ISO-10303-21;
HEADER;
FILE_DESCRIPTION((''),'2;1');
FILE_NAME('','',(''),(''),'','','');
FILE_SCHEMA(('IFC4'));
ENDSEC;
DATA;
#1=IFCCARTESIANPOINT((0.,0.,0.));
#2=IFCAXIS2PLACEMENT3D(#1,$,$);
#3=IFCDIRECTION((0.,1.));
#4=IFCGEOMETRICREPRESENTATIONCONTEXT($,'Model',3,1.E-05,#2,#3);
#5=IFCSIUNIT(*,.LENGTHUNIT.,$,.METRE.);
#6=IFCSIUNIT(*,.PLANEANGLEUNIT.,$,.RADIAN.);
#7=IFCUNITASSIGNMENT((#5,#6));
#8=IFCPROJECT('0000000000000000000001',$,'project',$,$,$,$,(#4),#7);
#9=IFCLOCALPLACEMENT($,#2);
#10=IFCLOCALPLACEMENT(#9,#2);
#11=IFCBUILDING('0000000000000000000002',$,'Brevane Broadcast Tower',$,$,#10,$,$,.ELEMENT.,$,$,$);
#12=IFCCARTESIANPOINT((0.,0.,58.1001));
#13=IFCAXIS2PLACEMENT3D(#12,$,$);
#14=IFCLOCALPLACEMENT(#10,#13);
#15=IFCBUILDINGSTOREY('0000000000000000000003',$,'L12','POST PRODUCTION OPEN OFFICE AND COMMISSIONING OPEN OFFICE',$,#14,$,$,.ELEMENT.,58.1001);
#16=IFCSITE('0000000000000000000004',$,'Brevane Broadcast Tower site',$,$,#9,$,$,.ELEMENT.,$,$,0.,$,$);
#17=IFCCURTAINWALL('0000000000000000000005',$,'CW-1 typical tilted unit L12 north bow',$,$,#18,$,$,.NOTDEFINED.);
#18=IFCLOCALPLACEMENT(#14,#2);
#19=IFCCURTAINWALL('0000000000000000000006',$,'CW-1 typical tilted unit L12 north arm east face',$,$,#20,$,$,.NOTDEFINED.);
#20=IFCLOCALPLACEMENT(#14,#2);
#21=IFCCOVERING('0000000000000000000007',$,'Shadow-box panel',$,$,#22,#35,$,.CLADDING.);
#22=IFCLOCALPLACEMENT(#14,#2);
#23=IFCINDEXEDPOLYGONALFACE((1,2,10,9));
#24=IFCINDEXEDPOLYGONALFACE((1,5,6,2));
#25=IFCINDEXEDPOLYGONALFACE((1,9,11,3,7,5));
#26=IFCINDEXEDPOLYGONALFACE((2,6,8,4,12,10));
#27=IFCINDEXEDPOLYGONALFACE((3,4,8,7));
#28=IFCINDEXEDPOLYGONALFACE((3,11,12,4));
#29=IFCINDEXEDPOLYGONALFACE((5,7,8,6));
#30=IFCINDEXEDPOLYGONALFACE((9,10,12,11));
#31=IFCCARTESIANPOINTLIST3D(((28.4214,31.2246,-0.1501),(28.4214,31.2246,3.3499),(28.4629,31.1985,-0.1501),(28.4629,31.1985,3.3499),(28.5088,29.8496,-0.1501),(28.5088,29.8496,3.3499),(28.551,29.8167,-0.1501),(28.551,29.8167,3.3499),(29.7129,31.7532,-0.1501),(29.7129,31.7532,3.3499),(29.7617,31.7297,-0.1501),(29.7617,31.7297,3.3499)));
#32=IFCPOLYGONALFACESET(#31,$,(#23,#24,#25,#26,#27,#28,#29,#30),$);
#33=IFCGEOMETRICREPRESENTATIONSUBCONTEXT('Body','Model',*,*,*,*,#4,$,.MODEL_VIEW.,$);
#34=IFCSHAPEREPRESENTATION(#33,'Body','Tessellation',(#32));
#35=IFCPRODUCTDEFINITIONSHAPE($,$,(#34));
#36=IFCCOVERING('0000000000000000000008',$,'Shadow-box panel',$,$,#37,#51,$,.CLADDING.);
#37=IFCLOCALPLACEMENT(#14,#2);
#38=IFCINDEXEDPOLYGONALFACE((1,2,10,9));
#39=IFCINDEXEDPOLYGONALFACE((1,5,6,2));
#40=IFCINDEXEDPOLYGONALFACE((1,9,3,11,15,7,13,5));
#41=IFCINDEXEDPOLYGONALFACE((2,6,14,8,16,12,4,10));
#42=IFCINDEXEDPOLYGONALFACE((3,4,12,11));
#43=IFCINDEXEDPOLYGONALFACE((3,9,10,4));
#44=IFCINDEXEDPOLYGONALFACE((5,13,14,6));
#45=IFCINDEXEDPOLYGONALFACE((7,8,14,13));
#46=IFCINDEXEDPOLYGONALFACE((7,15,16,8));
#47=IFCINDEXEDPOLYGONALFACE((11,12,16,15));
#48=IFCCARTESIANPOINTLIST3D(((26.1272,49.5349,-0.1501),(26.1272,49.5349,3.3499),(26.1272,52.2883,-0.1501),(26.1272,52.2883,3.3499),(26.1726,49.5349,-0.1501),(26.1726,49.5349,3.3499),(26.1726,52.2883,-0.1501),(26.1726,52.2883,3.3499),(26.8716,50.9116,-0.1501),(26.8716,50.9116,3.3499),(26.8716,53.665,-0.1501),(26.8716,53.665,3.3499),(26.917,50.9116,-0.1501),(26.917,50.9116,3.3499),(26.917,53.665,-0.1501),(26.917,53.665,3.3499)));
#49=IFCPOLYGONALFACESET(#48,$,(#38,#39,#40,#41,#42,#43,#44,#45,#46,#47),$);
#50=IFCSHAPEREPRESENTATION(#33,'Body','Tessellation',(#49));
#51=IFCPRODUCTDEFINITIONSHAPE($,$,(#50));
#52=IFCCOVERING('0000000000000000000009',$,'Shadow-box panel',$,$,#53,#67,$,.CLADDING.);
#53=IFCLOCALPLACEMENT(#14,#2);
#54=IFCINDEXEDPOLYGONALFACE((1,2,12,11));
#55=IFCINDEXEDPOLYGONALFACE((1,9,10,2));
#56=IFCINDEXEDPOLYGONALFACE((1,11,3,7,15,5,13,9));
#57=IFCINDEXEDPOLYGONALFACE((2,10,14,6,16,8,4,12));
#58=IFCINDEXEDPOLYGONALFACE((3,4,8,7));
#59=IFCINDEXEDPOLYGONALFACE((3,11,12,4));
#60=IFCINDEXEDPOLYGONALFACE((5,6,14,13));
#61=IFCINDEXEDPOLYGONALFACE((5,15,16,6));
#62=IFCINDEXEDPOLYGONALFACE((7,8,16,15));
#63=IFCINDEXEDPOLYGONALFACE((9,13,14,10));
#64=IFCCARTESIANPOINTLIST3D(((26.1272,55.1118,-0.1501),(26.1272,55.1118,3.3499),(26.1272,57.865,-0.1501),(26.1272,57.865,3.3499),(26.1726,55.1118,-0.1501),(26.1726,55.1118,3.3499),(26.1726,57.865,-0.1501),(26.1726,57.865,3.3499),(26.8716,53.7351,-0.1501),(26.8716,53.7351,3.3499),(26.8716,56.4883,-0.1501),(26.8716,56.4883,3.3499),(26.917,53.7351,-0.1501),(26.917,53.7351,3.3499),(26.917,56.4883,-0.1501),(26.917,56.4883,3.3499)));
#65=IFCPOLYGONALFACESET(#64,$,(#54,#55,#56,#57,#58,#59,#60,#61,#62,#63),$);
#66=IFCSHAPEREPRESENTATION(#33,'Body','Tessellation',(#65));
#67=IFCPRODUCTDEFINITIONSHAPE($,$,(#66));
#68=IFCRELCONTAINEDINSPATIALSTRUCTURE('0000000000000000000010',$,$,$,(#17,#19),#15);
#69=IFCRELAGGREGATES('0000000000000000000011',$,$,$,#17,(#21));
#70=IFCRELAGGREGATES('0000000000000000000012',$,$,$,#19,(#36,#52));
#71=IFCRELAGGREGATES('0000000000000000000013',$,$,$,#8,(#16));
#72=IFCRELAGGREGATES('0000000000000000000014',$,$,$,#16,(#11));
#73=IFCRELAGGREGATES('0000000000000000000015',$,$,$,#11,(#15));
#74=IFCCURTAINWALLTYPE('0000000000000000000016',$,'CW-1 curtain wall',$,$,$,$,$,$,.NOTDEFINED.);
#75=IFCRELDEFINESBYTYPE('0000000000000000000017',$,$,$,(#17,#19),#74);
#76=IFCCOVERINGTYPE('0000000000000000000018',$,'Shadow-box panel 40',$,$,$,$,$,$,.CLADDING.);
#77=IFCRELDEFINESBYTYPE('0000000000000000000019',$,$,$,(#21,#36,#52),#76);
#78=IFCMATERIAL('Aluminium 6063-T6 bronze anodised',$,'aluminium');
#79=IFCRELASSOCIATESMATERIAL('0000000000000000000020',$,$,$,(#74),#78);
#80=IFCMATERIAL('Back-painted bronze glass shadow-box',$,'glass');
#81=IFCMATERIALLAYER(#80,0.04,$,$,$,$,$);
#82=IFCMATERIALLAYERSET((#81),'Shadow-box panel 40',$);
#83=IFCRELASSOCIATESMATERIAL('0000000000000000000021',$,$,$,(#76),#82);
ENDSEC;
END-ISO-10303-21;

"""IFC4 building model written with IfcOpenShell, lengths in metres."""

from ifc_helpers import new_model, si_unit, direction, frame, origin, place, context, subcontext, project, spatial, polyline, outline, extrude, material, layer, layer_set, type_object, element, aggregate, save


model = new_model("IFC4")

# Units and contexts
model_context = context("Model", 3, precision=1e-05, world=origin(), true_north=direction((0.0, 1.0)))
body_context = subcontext(model_context, "Body", "Model", "MODEL_VIEW")
ifc_project = project(units=[si_unit("LENGTHUNIT", "METRE"), si_unit("PLANEANGLEUNIT", "RADIAN")], contexts=[model_context])

# Site, building, storey
site_placement = place(None, origin())
site = spatial("IfcSite", under=ifc_project, at=site_placement, Name="Brevane Broadcast Tower site", CompositionType="ELEMENT", RefElevation=0.0)
building_placement = place(site_placement, origin())
building = spatial("IfcBuilding", under=site, at=building_placement, Name="Brevane Broadcast Tower", CompositionType="ELEMENT")
storey_placement = place(building_placement, frame((0.0, 0.0, 58.1001)))
storey = spatial("IfcBuildingStorey", under=building, at=storey_placement, Name="L12", Description="POST PRODUCTION OPEN OFFICE AND COMMISSIONING OPEN OFFICE", CompositionType="ELEMENT", Elevation=58.1001)

# Shared definitions
ifc_material_1 = material(Name="Aluminium 6063-T6 bronze anodised", Category="aluminium")
curtain_wall_type = type_object("IfcCurtainWallType", Name="CW-1 curtain wall", PredefinedType="NOTDEFINED", material=ifc_material_1)

# Curtain walls
curtain_wall_1_placement = place(storey_placement, origin())
curtain_wall_1 = element("IfcCurtainWall", 1, at=curtain_wall_1_placement, inside=storey, type_object=curtain_wall_type, Name="CW-1 typical tilted unit L12 north bow", PredefinedType="NOTDEFINED")
curtain_wall_2_placement = place(storey_placement, origin())
curtain_wall_2 = element("IfcCurtainWall", 2, at=curtain_wall_2_placement, inside=storey, type_object=curtain_wall_type, Name="CW-1 typical tilted unit L12 north arm east face", PredefinedType="NOTDEFINED")

# Coverings
ifc_material_2 = material(Name="Back-painted bronze glass shadow-box", Category="glass")
ifc_layer_1 = layer(ifc_material_2, 0.04)
ifc_layer_set_1 = layer_set([ifc_layer_1], Name="Shadow-box panel 40")
covering_type = type_object("IfcCoveringType", Name="Shadow-box panel 40", PredefinedType="CLADDING", material=ifc_layer_set_1)
covering_1_placement = place(storey_placement, frame((0.0, 0.0, -0.1501)))
covering_1 = element("IfcCovering", 3, at=covering_1_placement, type_object=covering_type, Name="Shadow-box panel", PredefinedType="CLADDING", context=body_context, shape_type="SweptSolid", body=[
    extrude(outline(polyline([(28.5088, 29.8496), (28.551, 29.8167), (28.4629, 31.1985), (29.7617, 31.7297), (29.7129, 31.7532), (28.4214, 31.2246), (28.5088, 29.8496)])), origin(), (0.0, 0.0, 1.0), 3.5),
])
aggregate(curtain_wall_1, [covering_1])
covering_2_placement = place(storey_placement, frame((0.0, 0.0, -0.1501)))
covering_2 = element("IfcCovering", 4, at=covering_2_placement, type_object=covering_type, Name="Shadow-box panel", PredefinedType="CLADDING", context=body_context, shape_type="SweptSolid", body=[
    extrude(outline(polyline([(26.1272, 49.5349), (26.1726, 49.5349), (26.917, 50.9116), (26.1726, 52.2883), (26.917, 53.665), (26.8716, 53.665), (26.1272, 52.2883), (26.8716, 50.9116), (26.1272, 49.5349)])), origin(), (0.0, 0.0, 1.0), 3.5),
])
covering_3_placement = place(storey_placement, frame((0.0, 0.0, -0.1501)))
covering_3 = element("IfcCovering", 5, at=covering_3_placement, type_object=covering_type, Name="Shadow-box panel", PredefinedType="CLADDING", context=body_context, shape_type="SweptSolid", body=[
    extrude(outline(polyline([(26.8716, 53.7351), (26.917, 53.7351), (26.1726, 55.1118), (26.917, 56.4883), (26.1726, 57.865), (26.1272, 57.865), (26.8716, 56.4883), (26.1272, 55.1118), (26.8716, 53.7351)])), origin(), (0.0, 0.0, 1.0), 3.5),
])
aggregate(curtain_wall_2, [covering_2, covering_3])

save(model, "model.ifc")
